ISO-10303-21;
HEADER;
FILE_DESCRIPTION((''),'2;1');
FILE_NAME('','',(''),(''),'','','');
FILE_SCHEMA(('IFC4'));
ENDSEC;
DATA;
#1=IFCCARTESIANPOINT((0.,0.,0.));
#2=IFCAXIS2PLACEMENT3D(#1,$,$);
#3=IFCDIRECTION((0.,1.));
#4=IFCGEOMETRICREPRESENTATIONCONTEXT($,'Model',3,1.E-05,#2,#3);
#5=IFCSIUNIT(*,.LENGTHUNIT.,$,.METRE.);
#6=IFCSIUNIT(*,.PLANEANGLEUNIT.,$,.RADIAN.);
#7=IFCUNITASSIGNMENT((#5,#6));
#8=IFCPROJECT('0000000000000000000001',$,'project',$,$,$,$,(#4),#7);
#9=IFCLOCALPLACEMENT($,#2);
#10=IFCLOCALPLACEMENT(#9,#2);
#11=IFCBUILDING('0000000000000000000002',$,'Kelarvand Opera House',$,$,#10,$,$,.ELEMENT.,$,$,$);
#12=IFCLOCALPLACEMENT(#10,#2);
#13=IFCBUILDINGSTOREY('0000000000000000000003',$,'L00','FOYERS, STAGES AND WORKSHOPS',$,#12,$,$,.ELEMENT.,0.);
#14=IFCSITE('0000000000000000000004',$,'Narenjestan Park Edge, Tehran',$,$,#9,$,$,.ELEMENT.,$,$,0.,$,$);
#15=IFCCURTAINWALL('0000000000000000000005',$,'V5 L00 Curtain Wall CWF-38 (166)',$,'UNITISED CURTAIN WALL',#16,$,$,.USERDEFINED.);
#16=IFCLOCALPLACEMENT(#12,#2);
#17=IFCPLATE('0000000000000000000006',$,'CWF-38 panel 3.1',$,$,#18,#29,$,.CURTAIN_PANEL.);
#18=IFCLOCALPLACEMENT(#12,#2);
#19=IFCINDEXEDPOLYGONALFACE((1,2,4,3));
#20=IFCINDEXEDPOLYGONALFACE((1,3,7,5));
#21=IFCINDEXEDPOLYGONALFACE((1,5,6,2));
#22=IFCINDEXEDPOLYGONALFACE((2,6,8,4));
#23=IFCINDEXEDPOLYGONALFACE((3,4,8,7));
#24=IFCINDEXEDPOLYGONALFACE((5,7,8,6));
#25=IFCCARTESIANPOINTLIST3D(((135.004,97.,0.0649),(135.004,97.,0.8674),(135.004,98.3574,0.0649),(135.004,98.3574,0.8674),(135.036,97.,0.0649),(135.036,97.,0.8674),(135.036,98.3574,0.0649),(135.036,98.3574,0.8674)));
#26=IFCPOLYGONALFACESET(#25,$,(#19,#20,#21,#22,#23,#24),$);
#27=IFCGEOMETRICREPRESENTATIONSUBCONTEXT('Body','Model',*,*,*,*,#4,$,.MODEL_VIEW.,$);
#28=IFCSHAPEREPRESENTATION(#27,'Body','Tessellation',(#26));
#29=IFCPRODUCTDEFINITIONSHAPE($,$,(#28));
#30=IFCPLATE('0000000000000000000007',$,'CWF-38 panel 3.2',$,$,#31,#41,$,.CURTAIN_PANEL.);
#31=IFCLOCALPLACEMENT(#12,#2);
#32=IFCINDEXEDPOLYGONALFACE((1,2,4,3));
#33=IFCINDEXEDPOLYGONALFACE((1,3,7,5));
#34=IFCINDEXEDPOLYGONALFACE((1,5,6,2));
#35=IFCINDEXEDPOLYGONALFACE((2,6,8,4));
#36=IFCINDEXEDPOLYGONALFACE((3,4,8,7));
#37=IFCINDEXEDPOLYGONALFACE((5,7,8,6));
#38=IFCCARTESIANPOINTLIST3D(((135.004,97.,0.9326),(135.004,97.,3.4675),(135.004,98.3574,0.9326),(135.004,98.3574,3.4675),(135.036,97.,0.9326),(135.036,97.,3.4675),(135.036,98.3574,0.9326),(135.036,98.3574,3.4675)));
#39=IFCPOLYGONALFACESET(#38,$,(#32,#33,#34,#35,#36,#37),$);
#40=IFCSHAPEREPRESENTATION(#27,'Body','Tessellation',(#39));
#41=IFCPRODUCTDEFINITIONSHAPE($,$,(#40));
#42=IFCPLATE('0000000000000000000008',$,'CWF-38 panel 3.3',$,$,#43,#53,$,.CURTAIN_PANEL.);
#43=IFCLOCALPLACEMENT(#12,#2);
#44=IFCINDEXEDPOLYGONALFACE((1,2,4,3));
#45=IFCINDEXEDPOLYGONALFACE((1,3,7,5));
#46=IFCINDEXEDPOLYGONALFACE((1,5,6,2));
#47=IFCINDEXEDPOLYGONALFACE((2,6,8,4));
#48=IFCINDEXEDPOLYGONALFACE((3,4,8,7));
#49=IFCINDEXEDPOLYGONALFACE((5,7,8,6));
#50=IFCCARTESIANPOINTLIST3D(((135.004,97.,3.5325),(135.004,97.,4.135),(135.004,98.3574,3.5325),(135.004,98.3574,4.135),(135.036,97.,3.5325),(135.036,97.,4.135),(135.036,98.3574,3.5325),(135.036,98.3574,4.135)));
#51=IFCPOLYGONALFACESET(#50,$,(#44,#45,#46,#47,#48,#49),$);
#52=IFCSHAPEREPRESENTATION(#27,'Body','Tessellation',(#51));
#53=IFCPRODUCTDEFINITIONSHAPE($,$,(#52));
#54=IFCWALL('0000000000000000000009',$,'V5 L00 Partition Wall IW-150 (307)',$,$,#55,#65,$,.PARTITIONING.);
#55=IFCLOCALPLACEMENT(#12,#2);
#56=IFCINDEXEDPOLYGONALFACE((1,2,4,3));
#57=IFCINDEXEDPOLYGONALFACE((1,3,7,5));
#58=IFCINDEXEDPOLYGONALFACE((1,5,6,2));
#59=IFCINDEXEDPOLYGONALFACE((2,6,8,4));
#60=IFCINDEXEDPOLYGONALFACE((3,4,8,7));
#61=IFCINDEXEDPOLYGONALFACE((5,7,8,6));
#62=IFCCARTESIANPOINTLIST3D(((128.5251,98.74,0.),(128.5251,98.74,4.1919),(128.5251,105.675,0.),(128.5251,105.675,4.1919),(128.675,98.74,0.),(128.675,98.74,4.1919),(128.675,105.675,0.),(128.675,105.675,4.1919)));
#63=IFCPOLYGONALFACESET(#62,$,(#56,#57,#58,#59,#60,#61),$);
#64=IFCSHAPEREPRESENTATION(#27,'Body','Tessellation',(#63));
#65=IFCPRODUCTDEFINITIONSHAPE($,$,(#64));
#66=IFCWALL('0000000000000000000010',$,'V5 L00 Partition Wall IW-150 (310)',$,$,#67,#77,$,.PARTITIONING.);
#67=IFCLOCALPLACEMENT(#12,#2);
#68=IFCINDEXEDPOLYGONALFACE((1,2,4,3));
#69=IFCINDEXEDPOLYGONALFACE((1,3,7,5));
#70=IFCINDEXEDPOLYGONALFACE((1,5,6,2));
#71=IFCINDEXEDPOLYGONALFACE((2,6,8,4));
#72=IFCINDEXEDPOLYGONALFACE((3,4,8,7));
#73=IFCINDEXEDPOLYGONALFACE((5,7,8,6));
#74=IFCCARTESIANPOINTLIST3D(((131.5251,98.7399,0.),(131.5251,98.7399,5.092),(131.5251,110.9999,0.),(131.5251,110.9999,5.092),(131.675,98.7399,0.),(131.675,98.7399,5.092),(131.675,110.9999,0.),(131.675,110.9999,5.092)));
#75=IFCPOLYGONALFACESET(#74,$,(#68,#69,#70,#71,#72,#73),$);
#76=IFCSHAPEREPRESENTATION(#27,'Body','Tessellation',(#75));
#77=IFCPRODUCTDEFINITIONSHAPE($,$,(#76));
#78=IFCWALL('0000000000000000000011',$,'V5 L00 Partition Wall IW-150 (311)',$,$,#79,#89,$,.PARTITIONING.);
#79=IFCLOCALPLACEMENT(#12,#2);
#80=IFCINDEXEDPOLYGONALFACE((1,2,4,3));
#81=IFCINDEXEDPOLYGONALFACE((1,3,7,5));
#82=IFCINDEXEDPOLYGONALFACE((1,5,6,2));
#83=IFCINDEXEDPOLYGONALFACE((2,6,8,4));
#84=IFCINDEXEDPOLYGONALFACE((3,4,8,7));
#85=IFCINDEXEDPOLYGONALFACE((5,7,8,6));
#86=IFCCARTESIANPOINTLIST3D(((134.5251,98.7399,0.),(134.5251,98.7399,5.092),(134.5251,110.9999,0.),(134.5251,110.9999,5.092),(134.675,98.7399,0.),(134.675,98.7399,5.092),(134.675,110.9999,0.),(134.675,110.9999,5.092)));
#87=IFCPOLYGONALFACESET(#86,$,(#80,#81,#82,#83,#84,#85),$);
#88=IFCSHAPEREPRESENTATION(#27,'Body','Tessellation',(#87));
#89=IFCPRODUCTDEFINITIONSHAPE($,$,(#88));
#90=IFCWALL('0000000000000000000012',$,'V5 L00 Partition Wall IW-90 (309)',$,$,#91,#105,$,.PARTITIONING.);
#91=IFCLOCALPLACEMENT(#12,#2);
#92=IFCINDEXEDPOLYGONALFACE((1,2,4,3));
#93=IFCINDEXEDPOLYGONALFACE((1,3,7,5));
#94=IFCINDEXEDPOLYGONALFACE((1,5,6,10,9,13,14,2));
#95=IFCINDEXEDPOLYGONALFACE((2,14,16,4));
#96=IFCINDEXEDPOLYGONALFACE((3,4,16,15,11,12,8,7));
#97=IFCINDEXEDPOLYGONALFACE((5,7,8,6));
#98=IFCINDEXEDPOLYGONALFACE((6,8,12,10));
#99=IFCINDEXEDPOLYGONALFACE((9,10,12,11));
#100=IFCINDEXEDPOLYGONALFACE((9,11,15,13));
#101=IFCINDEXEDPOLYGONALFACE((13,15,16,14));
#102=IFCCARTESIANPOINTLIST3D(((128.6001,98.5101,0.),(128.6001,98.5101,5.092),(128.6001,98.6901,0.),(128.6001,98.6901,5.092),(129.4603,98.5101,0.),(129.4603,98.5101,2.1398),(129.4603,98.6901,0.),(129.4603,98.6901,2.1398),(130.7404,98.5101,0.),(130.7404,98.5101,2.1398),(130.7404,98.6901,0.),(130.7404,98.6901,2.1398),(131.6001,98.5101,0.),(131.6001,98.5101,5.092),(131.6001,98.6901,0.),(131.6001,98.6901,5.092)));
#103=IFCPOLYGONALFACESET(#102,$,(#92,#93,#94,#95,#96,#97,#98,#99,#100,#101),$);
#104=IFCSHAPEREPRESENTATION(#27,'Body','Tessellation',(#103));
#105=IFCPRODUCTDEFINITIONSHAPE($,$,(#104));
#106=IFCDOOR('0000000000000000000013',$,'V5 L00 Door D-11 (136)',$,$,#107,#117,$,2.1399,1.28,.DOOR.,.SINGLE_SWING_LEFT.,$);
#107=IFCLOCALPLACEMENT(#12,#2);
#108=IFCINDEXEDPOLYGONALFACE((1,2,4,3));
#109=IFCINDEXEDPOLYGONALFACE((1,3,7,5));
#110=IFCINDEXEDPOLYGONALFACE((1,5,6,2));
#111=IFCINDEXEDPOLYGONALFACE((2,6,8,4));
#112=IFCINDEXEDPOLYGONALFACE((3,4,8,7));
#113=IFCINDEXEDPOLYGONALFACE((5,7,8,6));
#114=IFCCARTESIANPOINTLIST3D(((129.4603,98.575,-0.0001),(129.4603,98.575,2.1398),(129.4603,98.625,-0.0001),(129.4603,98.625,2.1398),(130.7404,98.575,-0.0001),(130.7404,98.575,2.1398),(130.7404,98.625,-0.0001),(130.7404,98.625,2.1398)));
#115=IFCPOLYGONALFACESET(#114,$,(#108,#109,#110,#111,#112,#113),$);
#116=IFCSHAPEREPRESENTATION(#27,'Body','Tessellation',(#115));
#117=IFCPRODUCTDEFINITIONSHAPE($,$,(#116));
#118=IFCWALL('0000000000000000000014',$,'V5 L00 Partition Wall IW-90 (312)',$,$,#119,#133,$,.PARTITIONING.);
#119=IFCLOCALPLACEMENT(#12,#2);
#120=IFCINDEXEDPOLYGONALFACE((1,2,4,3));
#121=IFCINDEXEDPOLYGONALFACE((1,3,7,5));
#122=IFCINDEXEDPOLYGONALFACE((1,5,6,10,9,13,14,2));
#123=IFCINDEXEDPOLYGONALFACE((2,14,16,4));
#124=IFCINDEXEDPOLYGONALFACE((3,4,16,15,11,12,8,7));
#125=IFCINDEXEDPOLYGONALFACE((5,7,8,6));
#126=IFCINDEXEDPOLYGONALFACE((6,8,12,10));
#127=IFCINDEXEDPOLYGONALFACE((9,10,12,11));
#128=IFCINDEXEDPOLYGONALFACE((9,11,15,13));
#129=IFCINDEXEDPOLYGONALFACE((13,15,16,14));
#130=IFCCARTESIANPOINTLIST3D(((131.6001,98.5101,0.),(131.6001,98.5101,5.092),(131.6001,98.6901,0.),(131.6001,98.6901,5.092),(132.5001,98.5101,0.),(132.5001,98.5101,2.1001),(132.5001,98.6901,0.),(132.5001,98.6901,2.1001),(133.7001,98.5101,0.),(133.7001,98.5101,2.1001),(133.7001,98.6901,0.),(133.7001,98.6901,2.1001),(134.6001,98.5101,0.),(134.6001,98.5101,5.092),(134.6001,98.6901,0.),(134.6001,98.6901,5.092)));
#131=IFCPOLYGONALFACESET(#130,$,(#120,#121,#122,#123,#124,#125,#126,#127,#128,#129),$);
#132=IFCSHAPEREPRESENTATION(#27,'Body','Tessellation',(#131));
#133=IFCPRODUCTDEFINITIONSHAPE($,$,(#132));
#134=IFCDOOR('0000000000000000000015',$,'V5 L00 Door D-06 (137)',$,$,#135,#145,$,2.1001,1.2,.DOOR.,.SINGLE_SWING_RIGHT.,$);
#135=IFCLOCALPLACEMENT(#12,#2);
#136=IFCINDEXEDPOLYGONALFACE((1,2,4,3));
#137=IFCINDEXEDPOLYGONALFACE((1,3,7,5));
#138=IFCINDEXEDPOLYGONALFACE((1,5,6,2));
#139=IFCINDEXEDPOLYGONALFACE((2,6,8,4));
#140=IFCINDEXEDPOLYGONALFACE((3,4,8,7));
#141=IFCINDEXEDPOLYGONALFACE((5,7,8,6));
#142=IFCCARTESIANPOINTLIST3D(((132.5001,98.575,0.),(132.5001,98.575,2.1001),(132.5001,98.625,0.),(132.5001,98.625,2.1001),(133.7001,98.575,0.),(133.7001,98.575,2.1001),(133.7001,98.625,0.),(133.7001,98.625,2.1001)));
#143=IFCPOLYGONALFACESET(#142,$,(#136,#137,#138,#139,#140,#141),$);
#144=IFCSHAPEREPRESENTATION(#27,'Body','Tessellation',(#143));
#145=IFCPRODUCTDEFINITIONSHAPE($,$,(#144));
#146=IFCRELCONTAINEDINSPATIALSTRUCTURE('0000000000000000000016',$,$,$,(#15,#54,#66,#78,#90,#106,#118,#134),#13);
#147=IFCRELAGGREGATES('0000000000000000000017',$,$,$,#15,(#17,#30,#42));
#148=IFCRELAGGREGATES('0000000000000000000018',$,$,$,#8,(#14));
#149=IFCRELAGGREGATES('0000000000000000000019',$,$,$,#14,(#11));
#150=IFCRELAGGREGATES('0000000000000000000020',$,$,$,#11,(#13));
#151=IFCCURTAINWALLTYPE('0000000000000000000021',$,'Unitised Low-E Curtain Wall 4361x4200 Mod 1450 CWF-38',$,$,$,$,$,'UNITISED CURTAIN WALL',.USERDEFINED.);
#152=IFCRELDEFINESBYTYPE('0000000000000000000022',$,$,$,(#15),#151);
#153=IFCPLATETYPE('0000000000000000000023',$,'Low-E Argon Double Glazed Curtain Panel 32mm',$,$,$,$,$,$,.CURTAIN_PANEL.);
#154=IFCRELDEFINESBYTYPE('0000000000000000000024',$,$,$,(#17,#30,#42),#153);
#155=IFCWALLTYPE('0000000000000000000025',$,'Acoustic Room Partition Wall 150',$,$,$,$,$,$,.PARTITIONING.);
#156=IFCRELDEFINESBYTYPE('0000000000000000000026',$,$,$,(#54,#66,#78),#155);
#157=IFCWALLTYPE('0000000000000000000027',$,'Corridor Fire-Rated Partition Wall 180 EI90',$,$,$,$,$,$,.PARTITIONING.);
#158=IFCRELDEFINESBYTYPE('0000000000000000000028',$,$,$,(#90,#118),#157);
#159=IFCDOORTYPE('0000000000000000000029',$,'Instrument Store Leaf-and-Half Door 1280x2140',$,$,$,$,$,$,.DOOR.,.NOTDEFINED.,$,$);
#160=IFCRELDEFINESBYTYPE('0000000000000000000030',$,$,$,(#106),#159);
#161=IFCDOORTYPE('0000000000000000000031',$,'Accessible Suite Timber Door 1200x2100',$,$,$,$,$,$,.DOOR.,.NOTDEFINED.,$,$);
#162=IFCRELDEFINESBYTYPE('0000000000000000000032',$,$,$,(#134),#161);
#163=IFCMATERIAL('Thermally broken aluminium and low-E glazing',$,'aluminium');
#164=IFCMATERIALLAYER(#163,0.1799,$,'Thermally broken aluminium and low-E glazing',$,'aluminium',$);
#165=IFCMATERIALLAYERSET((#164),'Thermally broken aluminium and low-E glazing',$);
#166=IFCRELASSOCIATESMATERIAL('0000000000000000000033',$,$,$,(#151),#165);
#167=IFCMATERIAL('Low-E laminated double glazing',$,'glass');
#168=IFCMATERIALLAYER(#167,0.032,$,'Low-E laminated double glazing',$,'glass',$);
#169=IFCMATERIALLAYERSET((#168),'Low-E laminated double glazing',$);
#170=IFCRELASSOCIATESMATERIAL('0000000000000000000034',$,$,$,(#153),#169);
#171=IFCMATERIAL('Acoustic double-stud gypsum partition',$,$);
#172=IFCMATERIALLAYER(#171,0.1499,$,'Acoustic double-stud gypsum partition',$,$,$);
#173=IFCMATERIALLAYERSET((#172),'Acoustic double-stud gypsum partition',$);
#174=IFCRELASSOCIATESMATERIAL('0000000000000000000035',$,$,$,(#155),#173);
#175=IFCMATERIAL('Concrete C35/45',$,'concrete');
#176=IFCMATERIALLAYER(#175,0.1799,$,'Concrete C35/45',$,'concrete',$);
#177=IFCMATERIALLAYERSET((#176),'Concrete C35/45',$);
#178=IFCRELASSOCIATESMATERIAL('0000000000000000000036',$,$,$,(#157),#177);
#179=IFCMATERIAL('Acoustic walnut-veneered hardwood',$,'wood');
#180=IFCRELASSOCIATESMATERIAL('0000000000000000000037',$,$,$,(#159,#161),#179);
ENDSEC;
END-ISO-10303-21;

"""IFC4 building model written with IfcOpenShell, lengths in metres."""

from ifc_helpers import new_model, si_unit, direction, frame, frame_2d, origin, origin_2d, place, context, subcontext, project, spatial, rectangle, extrude, material, layer, layer_set, type_object, element, fill, aggregate, save


model = new_model("IFC4")

# Units and contexts
model_context = context("Model", 3, precision=1e-05, world=origin(), true_north=direction((0.0, 1.0)))
body_context = subcontext(model_context, "Body", "Model", "MODEL_VIEW")
ifc_project = project(units=[si_unit("LENGTHUNIT", "METRE"), si_unit("PLANEANGLEUNIT", "RADIAN")], contexts=[model_context])

# Site, building, storey
site_placement = place(None, origin())
site = spatial("IfcSite", under=ifc_project, at=site_placement, Name="Narenjestan Park Edge, Tehran", CompositionType="ELEMENT", RefElevation=0.0)
building_placement = place(site_placement, origin())
building = spatial("IfcBuilding", under=site, at=building_placement, Name="Kelarvand Opera House", CompositionType="ELEMENT")
storey_placement = place(building_placement, origin())
storey = spatial("IfcBuildingStorey", under=building, at=storey_placement, Name="L00", Description="FOYERS, STAGES AND WORKSHOPS", CompositionType="ELEMENT", Elevation=0.0)

# Curtain wall
ifc_material_1 = material(Name="Thermally broken aluminium and low-E glazing", Category="aluminium")
ifc_layer_1 = layer(ifc_material_1, 0.1799, Name="Thermally broken aluminium and low-E glazing", Category="aluminium")
ifc_layer_set_1 = layer_set([ifc_layer_1], Name="Thermally broken aluminium and low-E glazing")
curtain_wall_type = type_object("IfcCurtainWallType", Name="Unitised Low-E Curtain Wall 4361x4200 Mod 1450 CWF-38", ElementType="UNITISED CURTAIN WALL", PredefinedType="USERDEFINED", material=ifc_layer_set_1)
curtain_wall_placement = place(storey_placement, origin())
curtain_wall = element("IfcCurtainWall", 1, at=curtain_wall_placement, inside=storey, type_object=curtain_wall_type, Name="V5 L00 Curtain Wall CWF-38 (166)", ObjectType="UNITISED CURTAIN WALL", PredefinedType="USERDEFINED")

# Shared definitions
ifc_material_2 = material(Name="Concrete C35/45", Category="concrete")

# Plates
ifc_material_3 = material(Name="Low-E laminated double glazing", Category="glass")
ifc_layer_2 = layer(ifc_material_3, 0.032, Name="Low-E laminated double glazing", Category="glass")
ifc_layer_set_2 = layer_set([ifc_layer_2], Name="Low-E laminated double glazing")
plate_type = type_object("IfcPlateType", Name="Low-E Argon Double Glazed Curtain Panel 32mm", PredefinedType="CURTAIN_PANEL", material=ifc_layer_set_2)
plate_1_placement = place(storey_placement, frame((135.02, 97.6787, 0.0649), z_axis=(0.0, 0.0, 1.0), x_axis=(0.0, -1.0, 0.0)))
plate_1 = element("IfcPlate", 2, at=plate_1_placement, type_object=plate_type, Name="CWF-38 panel 3.1", PredefinedType="CURTAIN_PANEL", context=body_context, shape_type="SweptSolid", body=[
    extrude(rectangle(XDim=1.3574, YDim=0.032, at=origin_2d()), origin(), (0.0, 0.0, 1.0), 0.8025),
])
plate_2_placement = place(storey_placement, frame((135.02, 97.6787, 0.9326), z_axis=(0.0, 0.0, 1.0), x_axis=(0.0, -1.0, 0.0)))
plate_2 = element("IfcPlate", 3, at=plate_2_placement, type_object=plate_type, Name="CWF-38 panel 3.2", PredefinedType="CURTAIN_PANEL", context=body_context, shape_type="SweptSolid", body=[
    extrude(rectangle(XDim=1.3574, YDim=0.032, at=origin_2d()), origin(), (0.0, 0.0, 1.0), 2.5349),
])
plate_3_placement = place(storey_placement, frame((135.02, 97.6787, 3.5325), z_axis=(0.0, 0.0, 1.0), x_axis=(0.0, -1.0, 0.0)))
plate_3 = element("IfcPlate", 4, at=plate_3_placement, type_object=plate_type, Name="CWF-38 panel 3.3", PredefinedType="CURTAIN_PANEL", context=body_context, shape_type="SweptSolid", body=[
    extrude(rectangle(XDim=1.3574, YDim=0.032, at=origin_2d()), origin(), (0.0, 0.0, 1.0), 0.6025),
])
aggregate(curtain_wall, [plate_1, plate_2, plate_3])

# Walls
ifc_material_4 = material(Name="Acoustic double-stud gypsum partition")
ifc_layer_3 = layer(ifc_material_4, 0.1499, Name="Acoustic double-stud gypsum partition")
ifc_layer_set_3 = layer_set([ifc_layer_3], Name="Acoustic double-stud gypsum partition")
wall_type_1 = type_object("IfcWallType", Name="Acoustic Room Partition Wall 150", PredefinedType="PARTITIONING", material=ifc_layer_set_3)
wall_1_placement = place(storey_placement, frame((128.6001, 98.74, 0.0), z_axis=(0.0, 0.0, 1.0), x_axis=(0.0, 1.0, 0.0)))
element("IfcWall", 5, at=wall_1_placement, inside=storey, type_object=wall_type_1, Name="V5 L00 Partition Wall IW-150 (307)", PredefinedType="PARTITIONING", context=body_context, shape_type="SweptSolid", body=[
    extrude(rectangle(XDim=6.9351, YDim=0.1499, at=frame_2d((3.4675, 0.0))), origin(), (0.0, 0.0, 1.0), 4.1919),
])
for number, where, z_axis, x_axis, name in (
    (6, (131.6001, 98.74, 0.0), (0.0, 0.0, 1.0), (0.0, 1.0, 0.0), "V5 L00 Partition Wall IW-150 (310)"),
    (7, (134.6001, 98.74, 0.0), (0.0, 0.0, 1.0), (0.0, 1.0, 0.0), "V5 L00 Partition Wall IW-150 (311)"),
):
    element("IfcWall", number, at=place(storey_placement, frame(where, z_axis=z_axis, x_axis=x_axis)), inside=storey, type_object=wall_type_1, Name=name, PredefinedType="PARTITIONING", context=body_context, shape_type="SweptSolid", body=[
        extrude(rectangle(XDim=12.26, YDim=0.1499, at=frame_2d((6.1299, 0.0))), origin(), (0.0, 0.0, 1.0), 5.092),
    ])

# Walls, openings, doors
ifc_layer_4 = layer(ifc_material_2, 0.1799, Name="Concrete C35/45", Category="concrete")
ifc_layer_set_4 = layer_set([ifc_layer_4], Name="Concrete C35/45")
wall_type_2 = type_object("IfcWallType", Name="Corridor Fire-Rated Partition Wall 180 EI90", PredefinedType="PARTITIONING", material=ifc_layer_set_4)
wall_2_placement = place(storey_placement, frame((128.6001, 98.6001, 0.0), z_axis=(0.0, 0.0, 1.0), x_axis=(1.0, 0.0, 0.0)))
wall_2 = element("IfcWall", 8, at=wall_2_placement, inside=storey, type_object=wall_type_2, Name="V5 L00 Partition Wall IW-90 (309)", PredefinedType="PARTITIONING", context=body_context, shape_type="SweptSolid", body=[
    extrude(rectangle(XDim=3.0, YDim=0.1799, at=frame_2d((1.5, 0.0))), origin(), (0.0, 0.0, 1.0), 5.092),
])
opening_1_placement = place(wall_2_placement, frame((0.8601, 0.0, 0.0)))
opening_1 = element("IfcOpeningElement", 9, at=opening_1_placement, cuts=wall_2, PredefinedType="OPENING", context=body_context, shape_type="SweptSolid", body=[
    extrude(rectangle(XDim=1.28, YDim=2.1399, at=frame_2d((0.6401, 1.0698))), frame((0.0, 0.1001, 0.0), z_axis=(0.0, -1.0, 0.0), x_axis=(1.0, 0.0, 0.0)), (0.0, 0.0, 1.0), 0.2),
])
ifc_material_5 = material(Name="Acoustic walnut-veneered hardwood", Category="wood")
door_type_1 = type_object("IfcDoorType", Name="Instrument Store Leaf-and-Half Door 1280x2140", OperationType="NOTDEFINED", PredefinedType="DOOR", material=ifc_material_5)
door_1_placement = place(opening_1_placement, origin())
door_1 = element("IfcDoor", 10, at=door_1_placement, inside=storey, type_object=door_type_1, Name="V5 L00 Door D-11 (136)", OperationType="SINGLE_SWING_LEFT", OverallHeight=2.1399, OverallWidth=1.28, PredefinedType="DOOR", context=body_context, shape_type="SweptSolid", body=[
    extrude(rectangle(XDim=1.28, YDim=2.1399, at=frame_2d((0.6401, 1.0698))), frame((0.0, 0.0249, 0.0), z_axis=(0.0, -1.0, 0.0), x_axis=(1.0, 0.0, 0.0)), (0.0, 0.0, 1.0), 0.05),
])
fill(opening_1, door_1)
wall_3_placement = place(storey_placement, frame((131.6001, 98.6001, 0.0), z_axis=(0.0, 0.0, 1.0), x_axis=(1.0, 0.0, 0.0)))
wall_3 = element("IfcWall", 11, at=wall_3_placement, inside=storey, type_object=wall_type_2, Name="V5 L00 Partition Wall IW-90 (312)", PredefinedType="PARTITIONING", context=body_context, shape_type="SweptSolid", body=[
    extrude(rectangle(XDim=3.0, YDim=0.1799, at=frame_2d((1.5, 0.0))), origin(), (0.0, 0.0, 1.0), 5.092),
])
opening_2_placement = place(wall_3_placement, frame((0.8999, 0.0, 0.0)))
opening_2 = element("IfcOpeningElement", 12, at=opening_2_placement, cuts=wall_3, PredefinedType="OPENING", context=body_context, shape_type="SweptSolid", body=[
    extrude(rectangle(XDim=1.2, YDim=2.1001, at=frame_2d((0.6001, 1.05))), frame((0.0, 0.1001, 0.0), z_axis=(0.0, -1.0, 0.0), x_axis=(1.0, 0.0, 0.0)), (0.0, 0.0, 1.0), 0.2),
])
door_type_2 = type_object("IfcDoorType", Name="Accessible Suite Timber Door 1200x2100", OperationType="NOTDEFINED", PredefinedType="DOOR", material=ifc_material_5)
door_2_placement = place(opening_2_placement, origin())
door_2 = element("IfcDoor", 13, at=door_2_placement, inside=storey, type_object=door_type_2, Name="V5 L00 Door D-06 (137)", OperationType="SINGLE_SWING_RIGHT", OverallHeight=2.1001, OverallWidth=1.2, PredefinedType="DOOR", context=body_context, shape_type="SweptSolid", body=[
    extrude(rectangle(XDim=1.2, YDim=2.1001, at=frame_2d((0.6001, 1.05))), frame((0.0, 0.0249, 0.0), z_axis=(0.0, -1.0, 0.0), x_axis=(1.0, 0.0, 0.0)), (0.0, 0.0, 1.0), 0.05),
])
fill(opening_2, door_2)

save(model, "model.ifc")
